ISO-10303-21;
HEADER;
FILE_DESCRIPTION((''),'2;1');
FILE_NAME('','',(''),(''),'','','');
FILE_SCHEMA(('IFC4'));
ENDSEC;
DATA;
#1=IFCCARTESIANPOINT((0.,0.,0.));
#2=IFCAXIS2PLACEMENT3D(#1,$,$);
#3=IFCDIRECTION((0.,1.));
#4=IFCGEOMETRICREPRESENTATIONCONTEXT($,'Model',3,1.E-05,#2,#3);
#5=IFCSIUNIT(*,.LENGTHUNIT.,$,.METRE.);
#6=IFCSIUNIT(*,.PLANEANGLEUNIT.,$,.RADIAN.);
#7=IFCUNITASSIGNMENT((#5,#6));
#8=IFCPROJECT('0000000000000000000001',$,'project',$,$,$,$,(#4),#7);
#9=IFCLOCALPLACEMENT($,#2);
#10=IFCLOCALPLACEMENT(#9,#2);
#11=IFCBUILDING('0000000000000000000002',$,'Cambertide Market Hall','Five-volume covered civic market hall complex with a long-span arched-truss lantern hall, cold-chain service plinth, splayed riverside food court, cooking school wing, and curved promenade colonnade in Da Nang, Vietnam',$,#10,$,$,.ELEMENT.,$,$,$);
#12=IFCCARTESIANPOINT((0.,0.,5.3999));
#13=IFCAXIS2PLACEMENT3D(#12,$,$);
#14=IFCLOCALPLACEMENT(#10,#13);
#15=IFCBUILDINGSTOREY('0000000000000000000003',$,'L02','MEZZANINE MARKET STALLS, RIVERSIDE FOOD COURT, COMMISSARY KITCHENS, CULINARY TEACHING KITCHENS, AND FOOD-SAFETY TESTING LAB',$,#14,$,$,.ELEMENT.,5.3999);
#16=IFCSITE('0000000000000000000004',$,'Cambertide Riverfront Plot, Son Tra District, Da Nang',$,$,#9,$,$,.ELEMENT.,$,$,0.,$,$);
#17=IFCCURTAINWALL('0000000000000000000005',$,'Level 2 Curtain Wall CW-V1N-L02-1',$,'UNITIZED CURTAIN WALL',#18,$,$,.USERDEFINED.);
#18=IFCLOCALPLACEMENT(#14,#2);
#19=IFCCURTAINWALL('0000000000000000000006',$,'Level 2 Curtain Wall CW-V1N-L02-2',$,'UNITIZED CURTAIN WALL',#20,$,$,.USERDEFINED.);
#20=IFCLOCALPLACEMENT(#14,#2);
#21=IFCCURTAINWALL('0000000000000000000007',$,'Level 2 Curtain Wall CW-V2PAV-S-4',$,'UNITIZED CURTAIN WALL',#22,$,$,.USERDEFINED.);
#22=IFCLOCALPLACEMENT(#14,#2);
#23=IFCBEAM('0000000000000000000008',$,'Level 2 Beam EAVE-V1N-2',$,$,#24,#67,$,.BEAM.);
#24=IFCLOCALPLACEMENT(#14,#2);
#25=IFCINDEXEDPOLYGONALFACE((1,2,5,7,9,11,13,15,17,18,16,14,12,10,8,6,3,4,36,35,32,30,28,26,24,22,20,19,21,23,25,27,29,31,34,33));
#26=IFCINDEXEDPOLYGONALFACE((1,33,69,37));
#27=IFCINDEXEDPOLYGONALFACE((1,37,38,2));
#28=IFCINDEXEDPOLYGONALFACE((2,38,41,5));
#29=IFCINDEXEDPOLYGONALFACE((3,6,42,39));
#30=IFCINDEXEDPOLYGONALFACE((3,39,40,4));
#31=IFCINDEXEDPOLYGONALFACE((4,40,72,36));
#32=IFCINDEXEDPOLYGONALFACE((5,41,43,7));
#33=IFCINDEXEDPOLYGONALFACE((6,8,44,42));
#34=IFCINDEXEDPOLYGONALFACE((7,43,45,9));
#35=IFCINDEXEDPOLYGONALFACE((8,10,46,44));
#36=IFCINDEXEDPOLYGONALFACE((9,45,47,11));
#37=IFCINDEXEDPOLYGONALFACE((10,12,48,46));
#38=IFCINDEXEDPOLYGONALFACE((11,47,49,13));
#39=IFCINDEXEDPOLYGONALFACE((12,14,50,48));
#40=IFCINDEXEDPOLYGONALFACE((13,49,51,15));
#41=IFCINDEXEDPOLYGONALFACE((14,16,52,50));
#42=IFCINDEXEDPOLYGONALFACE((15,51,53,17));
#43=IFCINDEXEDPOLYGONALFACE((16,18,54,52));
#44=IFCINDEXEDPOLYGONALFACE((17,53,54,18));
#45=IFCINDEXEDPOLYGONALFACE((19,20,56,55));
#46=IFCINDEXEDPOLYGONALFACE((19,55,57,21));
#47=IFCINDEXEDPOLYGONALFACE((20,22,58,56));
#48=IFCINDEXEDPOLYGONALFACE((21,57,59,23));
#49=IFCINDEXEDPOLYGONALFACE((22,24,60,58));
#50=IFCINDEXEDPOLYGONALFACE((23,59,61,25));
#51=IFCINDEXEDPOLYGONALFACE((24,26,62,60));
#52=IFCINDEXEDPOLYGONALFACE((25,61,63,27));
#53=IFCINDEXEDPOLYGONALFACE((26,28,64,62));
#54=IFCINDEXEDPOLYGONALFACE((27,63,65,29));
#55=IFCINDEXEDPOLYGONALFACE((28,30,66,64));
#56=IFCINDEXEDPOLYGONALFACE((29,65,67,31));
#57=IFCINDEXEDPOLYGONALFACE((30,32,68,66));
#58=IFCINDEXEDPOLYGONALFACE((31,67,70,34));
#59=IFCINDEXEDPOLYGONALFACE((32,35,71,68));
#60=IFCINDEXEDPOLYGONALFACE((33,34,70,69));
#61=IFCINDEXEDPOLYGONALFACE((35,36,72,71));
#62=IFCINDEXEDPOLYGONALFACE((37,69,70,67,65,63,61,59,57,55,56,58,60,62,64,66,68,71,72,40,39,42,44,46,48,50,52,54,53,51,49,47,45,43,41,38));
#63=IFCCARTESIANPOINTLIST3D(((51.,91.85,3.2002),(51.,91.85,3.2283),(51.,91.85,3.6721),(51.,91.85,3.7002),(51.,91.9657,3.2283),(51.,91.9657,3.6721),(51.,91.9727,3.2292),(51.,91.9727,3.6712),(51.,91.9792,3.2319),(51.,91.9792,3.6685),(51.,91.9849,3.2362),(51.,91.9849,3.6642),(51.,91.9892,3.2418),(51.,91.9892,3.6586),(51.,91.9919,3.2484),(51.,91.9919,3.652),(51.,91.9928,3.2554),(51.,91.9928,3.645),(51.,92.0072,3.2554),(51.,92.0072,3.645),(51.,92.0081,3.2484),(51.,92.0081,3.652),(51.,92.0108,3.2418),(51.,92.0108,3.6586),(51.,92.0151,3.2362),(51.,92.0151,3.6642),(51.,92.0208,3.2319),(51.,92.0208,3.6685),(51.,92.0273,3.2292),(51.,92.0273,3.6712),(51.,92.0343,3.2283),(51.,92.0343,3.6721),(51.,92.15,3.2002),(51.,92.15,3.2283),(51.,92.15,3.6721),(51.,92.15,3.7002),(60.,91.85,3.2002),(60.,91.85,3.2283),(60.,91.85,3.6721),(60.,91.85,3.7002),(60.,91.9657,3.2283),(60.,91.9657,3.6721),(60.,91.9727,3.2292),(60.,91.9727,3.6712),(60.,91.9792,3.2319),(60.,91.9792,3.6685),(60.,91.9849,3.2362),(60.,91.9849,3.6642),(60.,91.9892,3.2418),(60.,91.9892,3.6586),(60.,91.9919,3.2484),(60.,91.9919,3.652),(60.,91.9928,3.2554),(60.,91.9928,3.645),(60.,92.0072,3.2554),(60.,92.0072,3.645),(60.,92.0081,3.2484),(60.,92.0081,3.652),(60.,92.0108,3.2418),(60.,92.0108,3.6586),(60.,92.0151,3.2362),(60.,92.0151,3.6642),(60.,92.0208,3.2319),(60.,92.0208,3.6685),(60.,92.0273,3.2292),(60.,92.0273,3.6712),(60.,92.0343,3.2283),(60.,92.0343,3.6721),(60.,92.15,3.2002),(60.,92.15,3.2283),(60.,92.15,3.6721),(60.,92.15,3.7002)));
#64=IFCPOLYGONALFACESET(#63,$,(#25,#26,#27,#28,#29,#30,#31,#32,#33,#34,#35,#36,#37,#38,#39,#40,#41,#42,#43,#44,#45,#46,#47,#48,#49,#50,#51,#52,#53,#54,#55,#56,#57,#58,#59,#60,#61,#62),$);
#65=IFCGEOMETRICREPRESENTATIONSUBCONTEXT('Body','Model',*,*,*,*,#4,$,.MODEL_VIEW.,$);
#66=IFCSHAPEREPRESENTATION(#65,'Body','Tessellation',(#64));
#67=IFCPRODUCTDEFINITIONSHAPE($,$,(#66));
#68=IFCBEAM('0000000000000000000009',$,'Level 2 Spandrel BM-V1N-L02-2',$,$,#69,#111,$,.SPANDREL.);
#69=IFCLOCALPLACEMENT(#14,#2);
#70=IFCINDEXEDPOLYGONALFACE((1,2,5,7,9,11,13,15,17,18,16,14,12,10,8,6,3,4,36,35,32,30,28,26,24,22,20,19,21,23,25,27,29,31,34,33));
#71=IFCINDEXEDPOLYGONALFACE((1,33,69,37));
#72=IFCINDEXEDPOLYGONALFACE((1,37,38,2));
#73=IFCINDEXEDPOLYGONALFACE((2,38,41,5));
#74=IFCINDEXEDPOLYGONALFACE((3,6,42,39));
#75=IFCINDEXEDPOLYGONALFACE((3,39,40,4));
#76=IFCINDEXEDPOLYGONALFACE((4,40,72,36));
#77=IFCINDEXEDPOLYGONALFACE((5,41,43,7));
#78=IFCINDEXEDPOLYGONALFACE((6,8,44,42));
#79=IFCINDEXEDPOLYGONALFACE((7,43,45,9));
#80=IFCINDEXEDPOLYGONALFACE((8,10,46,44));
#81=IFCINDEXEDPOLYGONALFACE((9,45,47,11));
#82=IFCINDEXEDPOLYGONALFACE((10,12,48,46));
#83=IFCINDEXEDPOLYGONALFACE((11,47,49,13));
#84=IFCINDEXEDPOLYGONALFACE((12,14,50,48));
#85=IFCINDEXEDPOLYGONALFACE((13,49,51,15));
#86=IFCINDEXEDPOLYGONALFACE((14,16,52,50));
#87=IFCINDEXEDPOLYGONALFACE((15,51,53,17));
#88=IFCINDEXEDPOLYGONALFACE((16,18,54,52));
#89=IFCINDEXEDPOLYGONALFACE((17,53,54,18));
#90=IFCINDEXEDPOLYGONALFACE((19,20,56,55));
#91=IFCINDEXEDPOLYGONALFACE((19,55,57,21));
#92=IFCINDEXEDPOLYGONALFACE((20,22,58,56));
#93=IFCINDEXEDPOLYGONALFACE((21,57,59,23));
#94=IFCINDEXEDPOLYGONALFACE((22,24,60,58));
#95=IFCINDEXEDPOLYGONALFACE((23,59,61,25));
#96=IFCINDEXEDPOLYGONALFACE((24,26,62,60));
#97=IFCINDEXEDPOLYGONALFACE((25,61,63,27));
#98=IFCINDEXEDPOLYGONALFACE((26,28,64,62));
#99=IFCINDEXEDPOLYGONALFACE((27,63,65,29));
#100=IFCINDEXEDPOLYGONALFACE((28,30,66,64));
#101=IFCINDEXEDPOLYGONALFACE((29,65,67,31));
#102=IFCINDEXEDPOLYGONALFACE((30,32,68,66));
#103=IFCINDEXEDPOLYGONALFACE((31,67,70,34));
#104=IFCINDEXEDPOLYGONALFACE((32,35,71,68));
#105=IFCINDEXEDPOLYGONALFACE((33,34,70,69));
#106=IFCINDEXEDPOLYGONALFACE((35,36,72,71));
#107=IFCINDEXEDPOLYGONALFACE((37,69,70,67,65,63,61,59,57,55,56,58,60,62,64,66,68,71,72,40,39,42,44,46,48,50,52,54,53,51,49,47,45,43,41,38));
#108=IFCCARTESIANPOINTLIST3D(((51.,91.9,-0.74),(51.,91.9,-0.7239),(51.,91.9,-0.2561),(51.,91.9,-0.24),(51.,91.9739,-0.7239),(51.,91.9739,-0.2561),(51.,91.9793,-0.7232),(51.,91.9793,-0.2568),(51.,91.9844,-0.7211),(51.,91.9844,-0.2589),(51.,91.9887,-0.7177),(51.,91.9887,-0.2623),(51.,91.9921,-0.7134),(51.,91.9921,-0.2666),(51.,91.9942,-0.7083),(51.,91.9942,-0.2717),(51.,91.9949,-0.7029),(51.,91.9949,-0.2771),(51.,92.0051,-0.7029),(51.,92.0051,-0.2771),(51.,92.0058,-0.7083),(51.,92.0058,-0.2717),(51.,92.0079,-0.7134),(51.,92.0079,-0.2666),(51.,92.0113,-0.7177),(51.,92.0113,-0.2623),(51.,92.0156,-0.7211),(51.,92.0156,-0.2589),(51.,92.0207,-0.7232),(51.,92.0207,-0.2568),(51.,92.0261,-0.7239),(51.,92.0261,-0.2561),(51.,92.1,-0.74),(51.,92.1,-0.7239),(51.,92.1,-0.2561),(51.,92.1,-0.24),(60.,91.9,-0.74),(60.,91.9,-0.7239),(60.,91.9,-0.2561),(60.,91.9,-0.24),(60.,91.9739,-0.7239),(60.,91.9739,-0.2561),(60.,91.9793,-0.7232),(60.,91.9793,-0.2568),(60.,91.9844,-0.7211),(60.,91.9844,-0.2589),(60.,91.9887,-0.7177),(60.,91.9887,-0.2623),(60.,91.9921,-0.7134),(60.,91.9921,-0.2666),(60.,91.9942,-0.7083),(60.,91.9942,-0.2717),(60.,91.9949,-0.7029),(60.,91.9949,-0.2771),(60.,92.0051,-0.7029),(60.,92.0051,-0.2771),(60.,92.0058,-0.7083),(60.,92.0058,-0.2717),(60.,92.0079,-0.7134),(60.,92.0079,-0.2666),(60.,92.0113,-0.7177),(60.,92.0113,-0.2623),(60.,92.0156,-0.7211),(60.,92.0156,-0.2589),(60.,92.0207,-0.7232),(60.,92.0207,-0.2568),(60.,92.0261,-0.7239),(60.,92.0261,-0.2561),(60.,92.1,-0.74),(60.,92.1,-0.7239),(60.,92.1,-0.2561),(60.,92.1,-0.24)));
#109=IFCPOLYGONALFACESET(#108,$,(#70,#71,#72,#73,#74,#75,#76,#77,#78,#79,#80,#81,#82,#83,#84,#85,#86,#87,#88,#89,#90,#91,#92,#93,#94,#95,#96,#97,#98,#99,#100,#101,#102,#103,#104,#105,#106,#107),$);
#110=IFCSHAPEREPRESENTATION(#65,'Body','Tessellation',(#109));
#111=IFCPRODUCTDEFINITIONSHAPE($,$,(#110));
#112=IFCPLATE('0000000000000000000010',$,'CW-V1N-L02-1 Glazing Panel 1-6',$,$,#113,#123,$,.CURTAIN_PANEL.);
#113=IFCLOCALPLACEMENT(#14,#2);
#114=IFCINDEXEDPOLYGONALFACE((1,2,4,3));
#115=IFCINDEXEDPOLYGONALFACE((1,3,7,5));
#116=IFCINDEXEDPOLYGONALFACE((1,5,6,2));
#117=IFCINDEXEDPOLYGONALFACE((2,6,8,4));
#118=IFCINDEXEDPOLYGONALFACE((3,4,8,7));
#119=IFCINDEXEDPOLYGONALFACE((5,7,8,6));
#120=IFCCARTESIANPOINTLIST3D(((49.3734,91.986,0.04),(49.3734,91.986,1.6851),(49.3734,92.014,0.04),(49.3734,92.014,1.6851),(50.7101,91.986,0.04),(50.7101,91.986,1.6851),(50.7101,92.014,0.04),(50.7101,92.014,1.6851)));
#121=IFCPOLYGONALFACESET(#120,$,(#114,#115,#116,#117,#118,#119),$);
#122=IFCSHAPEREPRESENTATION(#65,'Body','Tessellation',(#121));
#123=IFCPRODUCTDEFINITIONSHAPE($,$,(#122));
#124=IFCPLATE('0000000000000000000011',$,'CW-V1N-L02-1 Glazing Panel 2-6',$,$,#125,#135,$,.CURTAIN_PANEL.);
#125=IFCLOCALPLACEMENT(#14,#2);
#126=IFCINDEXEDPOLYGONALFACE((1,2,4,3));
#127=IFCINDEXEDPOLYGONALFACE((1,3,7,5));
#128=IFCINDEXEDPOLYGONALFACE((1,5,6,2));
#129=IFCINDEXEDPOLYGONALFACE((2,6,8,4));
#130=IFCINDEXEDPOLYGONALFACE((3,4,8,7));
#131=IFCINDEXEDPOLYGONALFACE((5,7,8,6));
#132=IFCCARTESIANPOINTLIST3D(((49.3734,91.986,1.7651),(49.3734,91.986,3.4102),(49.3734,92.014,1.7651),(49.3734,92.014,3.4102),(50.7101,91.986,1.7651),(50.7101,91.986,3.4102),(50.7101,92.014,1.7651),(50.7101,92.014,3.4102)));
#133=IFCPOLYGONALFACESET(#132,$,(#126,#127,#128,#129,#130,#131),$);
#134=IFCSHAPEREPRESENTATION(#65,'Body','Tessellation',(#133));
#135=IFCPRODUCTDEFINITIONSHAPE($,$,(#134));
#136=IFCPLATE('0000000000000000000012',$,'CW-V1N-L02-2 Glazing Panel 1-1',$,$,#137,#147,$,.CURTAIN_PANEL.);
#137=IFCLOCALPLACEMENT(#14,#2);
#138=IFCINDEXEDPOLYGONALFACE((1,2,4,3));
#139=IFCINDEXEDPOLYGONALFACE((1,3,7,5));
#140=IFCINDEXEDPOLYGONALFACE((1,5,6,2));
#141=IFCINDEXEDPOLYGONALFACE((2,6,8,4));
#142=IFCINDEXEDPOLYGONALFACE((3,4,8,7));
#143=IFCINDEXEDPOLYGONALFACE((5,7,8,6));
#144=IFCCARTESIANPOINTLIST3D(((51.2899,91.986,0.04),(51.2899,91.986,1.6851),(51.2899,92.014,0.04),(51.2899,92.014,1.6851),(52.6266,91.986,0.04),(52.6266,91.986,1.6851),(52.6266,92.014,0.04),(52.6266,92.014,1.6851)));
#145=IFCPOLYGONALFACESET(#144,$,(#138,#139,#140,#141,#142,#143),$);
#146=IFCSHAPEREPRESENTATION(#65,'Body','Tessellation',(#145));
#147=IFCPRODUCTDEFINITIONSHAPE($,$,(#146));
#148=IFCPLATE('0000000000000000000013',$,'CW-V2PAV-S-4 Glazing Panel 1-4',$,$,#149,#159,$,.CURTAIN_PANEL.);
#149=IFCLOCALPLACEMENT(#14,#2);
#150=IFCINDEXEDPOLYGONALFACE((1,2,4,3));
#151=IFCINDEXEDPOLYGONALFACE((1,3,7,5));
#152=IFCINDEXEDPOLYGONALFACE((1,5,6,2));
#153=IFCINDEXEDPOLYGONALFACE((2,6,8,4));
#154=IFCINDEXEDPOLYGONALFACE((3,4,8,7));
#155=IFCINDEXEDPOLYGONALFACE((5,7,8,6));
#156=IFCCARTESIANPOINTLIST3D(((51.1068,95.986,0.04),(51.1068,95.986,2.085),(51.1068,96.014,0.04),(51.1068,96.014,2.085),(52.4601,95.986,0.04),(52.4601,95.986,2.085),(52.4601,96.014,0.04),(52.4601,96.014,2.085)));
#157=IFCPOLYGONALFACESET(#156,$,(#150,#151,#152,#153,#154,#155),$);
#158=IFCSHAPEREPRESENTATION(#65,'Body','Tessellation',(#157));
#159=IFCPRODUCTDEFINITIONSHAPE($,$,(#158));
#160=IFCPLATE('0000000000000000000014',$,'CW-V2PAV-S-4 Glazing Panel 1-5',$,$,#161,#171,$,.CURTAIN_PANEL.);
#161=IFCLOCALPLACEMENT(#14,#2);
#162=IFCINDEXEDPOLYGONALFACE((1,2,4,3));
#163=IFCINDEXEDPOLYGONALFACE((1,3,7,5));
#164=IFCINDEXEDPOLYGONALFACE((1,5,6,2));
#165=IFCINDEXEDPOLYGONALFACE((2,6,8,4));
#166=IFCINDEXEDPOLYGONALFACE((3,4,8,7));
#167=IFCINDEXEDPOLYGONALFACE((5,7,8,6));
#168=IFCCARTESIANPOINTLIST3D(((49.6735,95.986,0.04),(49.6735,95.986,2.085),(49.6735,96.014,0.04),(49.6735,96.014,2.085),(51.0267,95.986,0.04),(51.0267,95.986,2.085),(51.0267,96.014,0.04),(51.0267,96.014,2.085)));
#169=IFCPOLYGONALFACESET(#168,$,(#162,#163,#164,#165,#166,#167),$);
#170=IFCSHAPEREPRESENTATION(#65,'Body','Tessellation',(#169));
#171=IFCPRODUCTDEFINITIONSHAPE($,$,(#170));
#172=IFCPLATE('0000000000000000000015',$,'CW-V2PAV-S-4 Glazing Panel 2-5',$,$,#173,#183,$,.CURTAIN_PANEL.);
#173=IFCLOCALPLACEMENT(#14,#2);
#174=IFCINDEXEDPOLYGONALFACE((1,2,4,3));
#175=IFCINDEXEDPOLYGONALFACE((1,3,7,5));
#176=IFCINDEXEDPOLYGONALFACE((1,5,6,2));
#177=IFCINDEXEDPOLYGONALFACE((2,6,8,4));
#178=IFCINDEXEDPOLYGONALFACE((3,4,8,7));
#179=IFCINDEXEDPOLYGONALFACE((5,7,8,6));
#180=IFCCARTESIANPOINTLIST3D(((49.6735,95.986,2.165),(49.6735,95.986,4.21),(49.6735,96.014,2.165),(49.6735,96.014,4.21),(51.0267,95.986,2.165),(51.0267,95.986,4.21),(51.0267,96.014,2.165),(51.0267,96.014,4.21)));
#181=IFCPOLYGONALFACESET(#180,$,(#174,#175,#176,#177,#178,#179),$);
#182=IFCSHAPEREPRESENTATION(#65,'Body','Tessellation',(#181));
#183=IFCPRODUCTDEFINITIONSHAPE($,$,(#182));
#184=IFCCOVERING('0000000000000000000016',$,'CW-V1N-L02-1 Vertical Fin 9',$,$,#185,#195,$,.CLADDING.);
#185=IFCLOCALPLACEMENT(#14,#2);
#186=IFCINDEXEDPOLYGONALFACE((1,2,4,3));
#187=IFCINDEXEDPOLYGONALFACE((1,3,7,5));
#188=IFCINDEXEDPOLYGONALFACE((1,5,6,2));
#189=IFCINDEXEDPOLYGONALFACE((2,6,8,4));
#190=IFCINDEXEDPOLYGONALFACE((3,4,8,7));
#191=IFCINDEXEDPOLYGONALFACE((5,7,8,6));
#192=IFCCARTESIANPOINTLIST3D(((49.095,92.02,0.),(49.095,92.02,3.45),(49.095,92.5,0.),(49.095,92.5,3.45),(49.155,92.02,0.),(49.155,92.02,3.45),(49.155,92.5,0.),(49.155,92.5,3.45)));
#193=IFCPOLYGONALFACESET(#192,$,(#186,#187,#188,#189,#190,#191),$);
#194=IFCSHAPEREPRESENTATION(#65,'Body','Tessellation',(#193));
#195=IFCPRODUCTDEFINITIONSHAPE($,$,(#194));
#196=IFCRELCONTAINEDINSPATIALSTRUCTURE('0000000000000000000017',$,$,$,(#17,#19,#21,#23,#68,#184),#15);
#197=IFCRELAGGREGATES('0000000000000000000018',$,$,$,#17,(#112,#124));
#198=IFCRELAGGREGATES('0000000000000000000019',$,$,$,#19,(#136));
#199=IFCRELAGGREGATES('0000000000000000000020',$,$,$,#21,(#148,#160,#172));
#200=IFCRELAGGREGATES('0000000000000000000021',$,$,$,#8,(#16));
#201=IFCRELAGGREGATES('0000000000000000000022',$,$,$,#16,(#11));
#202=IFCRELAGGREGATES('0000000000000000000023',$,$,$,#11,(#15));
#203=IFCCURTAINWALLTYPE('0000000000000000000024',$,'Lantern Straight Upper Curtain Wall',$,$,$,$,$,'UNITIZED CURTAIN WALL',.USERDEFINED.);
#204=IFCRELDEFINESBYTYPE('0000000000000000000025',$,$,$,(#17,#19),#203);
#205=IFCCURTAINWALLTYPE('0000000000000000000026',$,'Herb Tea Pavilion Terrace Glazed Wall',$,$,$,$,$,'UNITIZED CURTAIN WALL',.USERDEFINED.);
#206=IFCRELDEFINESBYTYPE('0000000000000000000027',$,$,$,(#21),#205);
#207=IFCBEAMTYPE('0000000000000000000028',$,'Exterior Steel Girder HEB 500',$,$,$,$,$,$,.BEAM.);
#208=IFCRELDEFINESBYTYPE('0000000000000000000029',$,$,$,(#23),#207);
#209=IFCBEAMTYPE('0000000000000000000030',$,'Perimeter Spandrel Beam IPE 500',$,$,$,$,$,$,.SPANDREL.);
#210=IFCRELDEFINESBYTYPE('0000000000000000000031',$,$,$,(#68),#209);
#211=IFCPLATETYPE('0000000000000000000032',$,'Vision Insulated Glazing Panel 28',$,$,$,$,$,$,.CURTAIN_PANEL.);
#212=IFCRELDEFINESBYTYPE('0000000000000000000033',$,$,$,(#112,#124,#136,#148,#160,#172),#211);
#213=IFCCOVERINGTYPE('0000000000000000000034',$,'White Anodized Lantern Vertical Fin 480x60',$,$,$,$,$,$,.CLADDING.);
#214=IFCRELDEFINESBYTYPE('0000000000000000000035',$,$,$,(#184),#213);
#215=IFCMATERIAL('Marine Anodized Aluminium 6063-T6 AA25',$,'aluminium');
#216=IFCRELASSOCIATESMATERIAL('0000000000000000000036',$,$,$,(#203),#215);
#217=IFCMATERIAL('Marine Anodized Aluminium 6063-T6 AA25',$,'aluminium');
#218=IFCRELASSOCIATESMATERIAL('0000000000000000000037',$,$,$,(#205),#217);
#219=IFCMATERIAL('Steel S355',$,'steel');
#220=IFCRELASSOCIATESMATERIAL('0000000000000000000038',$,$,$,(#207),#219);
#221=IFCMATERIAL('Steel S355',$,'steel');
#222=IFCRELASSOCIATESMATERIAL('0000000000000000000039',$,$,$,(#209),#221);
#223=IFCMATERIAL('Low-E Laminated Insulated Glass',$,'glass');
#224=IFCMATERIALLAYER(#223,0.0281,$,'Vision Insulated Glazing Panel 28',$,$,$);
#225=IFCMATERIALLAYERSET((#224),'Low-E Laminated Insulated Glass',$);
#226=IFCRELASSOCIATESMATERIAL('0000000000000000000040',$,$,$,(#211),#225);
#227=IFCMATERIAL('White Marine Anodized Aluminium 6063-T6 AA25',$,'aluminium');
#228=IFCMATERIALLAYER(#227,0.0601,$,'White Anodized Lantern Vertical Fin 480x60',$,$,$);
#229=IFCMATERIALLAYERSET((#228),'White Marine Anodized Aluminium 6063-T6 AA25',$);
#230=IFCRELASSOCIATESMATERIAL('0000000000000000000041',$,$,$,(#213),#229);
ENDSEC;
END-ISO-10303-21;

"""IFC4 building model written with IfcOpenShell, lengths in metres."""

from ifc_helpers import new_model, si_unit, direction, frame, origin, origin_2d, place, context, subcontext, project, spatial, rectangle, i_section, extrude, material, layer, layer_set, material_profile, profile_set, type_object, element, aggregate, save


model = new_model("IFC4")

# Units and contexts
model_context = context("Model", 3, precision=1e-05, world=origin(), true_north=direction((0.0, 1.0)))
body_context = subcontext(model_context, "Body", "Model", "MODEL_VIEW")
ifc_project = project(units=[si_unit("LENGTHUNIT", "METRE"), si_unit("PLANEANGLEUNIT", "RADIAN")], contexts=[model_context])

# Site, building, storey
site_placement = place(None, origin())
site = spatial("IfcSite", under=ifc_project, at=site_placement, Name="Cambertide Riverfront Plot, Son Tra District, Da Nang", CompositionType="ELEMENT", RefElevation=0.0)
building_placement = place(site_placement, origin())
building = spatial("IfcBuilding", under=site, at=building_placement, Name="Cambertide Market Hall", Description="Five-volume covered civic market hall complex with a long-span arched-truss lantern hall, cold-chain service plinth, splayed riverside food court, cooking school wing, and curved promenade colonnade in Da Nang, Vietnam", CompositionType="ELEMENT")
storey_placement = place(building_placement, frame((0.0, 0.0, 5.3999)))
storey = spatial("IfcBuildingStorey", under=building, at=storey_placement, Name="L02", Description="MEZZANINE MARKET STALLS, RIVERSIDE FOOD COURT, COMMISSARY KITCHENS, CULINARY TEACHING KITCHENS, AND FOOD-SAFETY TESTING LAB", CompositionType="ELEMENT", Elevation=5.3999)

# Curtain wall
ifc_material_1 = material(Name="Marine Anodized Aluminium 6063-T6 AA25", Category="aluminium")
curtain_wall_type_1 = type_object("IfcCurtainWallType", Name="Lantern Straight Upper Curtain Wall", ElementType="UNITIZED CURTAIN WALL", PredefinedType="USERDEFINED", material=ifc_material_1)
curtain_wall_1_placement = place(storey_placement, origin())
curtain_wall_1 = element("IfcCurtainWall", 1, at=curtain_wall_1_placement, inside=storey, type_object=curtain_wall_type_1, Name="Level 2 Curtain Wall CW-V1N-L02-1", ObjectType="UNITIZED CURTAIN WALL", PredefinedType="USERDEFINED")

# Curtain wall
curtain_wall_2_placement = place(storey_placement, origin())
curtain_wall_2 = element("IfcCurtainWall", 2, at=curtain_wall_2_placement, inside=storey, type_object=curtain_wall_type_1, Name="Level 2 Curtain Wall CW-V1N-L02-2", ObjectType="UNITIZED CURTAIN WALL", PredefinedType="USERDEFINED")

# Curtain wall
ifc_material_2 = material(Name="Marine Anodized Aluminium 6063-T6 AA25", Category="aluminium")
curtain_wall_type_2 = type_object("IfcCurtainWallType", Name="Herb Tea Pavilion Terrace Glazed Wall", ElementType="UNITIZED CURTAIN WALL", PredefinedType="USERDEFINED", material=ifc_material_2)
curtain_wall_3_placement = place(storey_placement, origin())
curtain_wall_3 = element("IfcCurtainWall", 3, at=curtain_wall_3_placement, inside=storey, type_object=curtain_wall_type_2, Name="Level 2 Curtain Wall CW-V2PAV-S-4", ObjectType="UNITIZED CURTAIN WALL", PredefinedType="USERDEFINED")

# Beams
ifc_material_3 = material(Name="Steel S355", Category="steel")
ifc_material_profile_1 = material_profile(ifc_material_3, i_section(OverallWidth=0.3, OverallDepth=0.5, WebThickness=0.0144, FlangeThickness=0.0281, FilletRadius=0.0271, at=origin_2d()), Name="HEB 500")
ifc_profile_set_1 = profile_set([ifc_material_profile_1], Name="Steel S355")
beam_type_1 = type_object("IfcBeamType", Name="Exterior Steel Girder HEB 500", PredefinedType="BEAM", material=ifc_profile_set_1)
beam_1_placement = place(storey_placement, frame((51.0, 92.0, 3.4502), z_axis=(1.0, 0.0, 0.0), x_axis=(0.0, 1.0, 0.0)))
element("IfcBeam", 4, at=beam_1_placement, inside=storey, type_object=beam_type_1, Name="Level 2 Beam EAVE-V1N-2", PredefinedType="BEAM", context=body_context, shape_type="SweptSolid", body=[
    extrude(i_section(OverallWidth=0.3, OverallDepth=0.5, WebThickness=0.0144, FlangeThickness=0.0281, FilletRadius=0.0271, at=origin_2d()), origin(), (0.0, 0.0, 1.0), 9.0),
])
ifc_material_4 = material(Name="Steel S355", Category="steel")
ifc_material_profile_2 = material_profile(ifc_material_4, i_section(OverallWidth=0.2, OverallDepth=0.5, WebThickness=0.0103, FlangeThickness=0.0161, FilletRadius=0.021, at=origin_2d()), Name="IPE 500")
ifc_profile_set_2 = profile_set([ifc_material_profile_2], Name="Steel S355")
beam_type_2 = type_object("IfcBeamType", Name="Perimeter Spandrel Beam IPE 500", PredefinedType="SPANDREL", material=ifc_profile_set_2)
beam_2_placement = place(storey_placement, frame((51.0, 92.0, -0.49), z_axis=(1.0, 0.0, 0.0), x_axis=(0.0, 1.0, 0.0)))
element("IfcBeam", 5, at=beam_2_placement, inside=storey, type_object=beam_type_2, Name="Level 2 Spandrel BM-V1N-L02-2", PredefinedType="SPANDREL", context=body_context, shape_type="SweptSolid", body=[
    extrude(i_section(OverallWidth=0.2, OverallDepth=0.5, WebThickness=0.0103, FlangeThickness=0.0161, FilletRadius=0.021, at=origin_2d()), origin(), (0.0, 0.0, 1.0), 9.0),
])

# Plates
ifc_material_5 = material(Name="Low-E Laminated Insulated Glass", Category="glass")
ifc_layer_1 = layer(ifc_material_5, 0.0281, Name="Vision Insulated Glazing Panel 28")
ifc_layer_set_1 = layer_set([ifc_layer_1], Name="Low-E Laminated Insulated Glass")
plate_type = type_object("IfcPlateType", Name="Vision Insulated Glazing Panel 28", PredefinedType="CURTAIN_PANEL", material=ifc_layer_set_1)
plate_1_placement = place(storey_placement, frame((50.0417, 92.0, 0.04), z_axis=(0.0, 0.0, 1.0), x_axis=(1.0, 0.0, 0.0)))
plate_1 = element("IfcPlate", 6, at=plate_1_placement, type_object=plate_type, Name="CW-V1N-L02-1 Glazing Panel 1-6", PredefinedType="CURTAIN_PANEL", context=body_context, shape_type="SweptSolid", body=[
    extrude(rectangle(XDim=1.3367, YDim=0.0281, at=origin_2d()), origin(), (0.0, 0.0, 1.0), 1.645),
])
plate_2_placement = place(storey_placement, frame((50.0417, 92.0, 1.7651), z_axis=(0.0, 0.0, 1.0), x_axis=(1.0, 0.0, 0.0)))
plate_2 = element("IfcPlate", 7, at=plate_2_placement, type_object=plate_type, Name="CW-V1N-L02-1 Glazing Panel 2-6", PredefinedType="CURTAIN_PANEL", context=body_context, shape_type="SweptSolid", body=[
    extrude(rectangle(XDim=1.3367, YDim=0.0281, at=origin_2d()), origin(), (0.0, 0.0, 1.0), 1.645),
])
aggregate(curtain_wall_1, [plate_1, plate_2])
plate_3_placement = place(storey_placement, frame((51.9583, 92.0, 0.04), z_axis=(0.0, 0.0, 1.0), x_axis=(1.0, 0.0, 0.0)))
plate_3 = element("IfcPlate", 8, at=plate_3_placement, type_object=plate_type, Name="CW-V1N-L02-2 Glazing Panel 1-1", PredefinedType="CURTAIN_PANEL", context=body_context, shape_type="SweptSolid", body=[
    extrude(rectangle(XDim=1.3367, YDim=0.0281, at=origin_2d()), origin(), (0.0, 0.0, 1.0), 1.645),
])
aggregate(curtain_wall_2, [plate_3])
plate_4_placement = place(storey_placement, frame((51.7834, 96.0, 0.04), z_axis=(0.0, 0.0, 1.0), x_axis=(-1.0, 0.0, 0.0)))
plate_4 = element("IfcPlate", 9, at=plate_4_placement, type_object=plate_type, Name="CW-V2PAV-S-4 Glazing Panel 1-4", PredefinedType="CURTAIN_PANEL", context=body_context, shape_type="SweptSolid", body=[
    extrude(rectangle(XDim=1.3533, YDim=0.0281, at=origin_2d()), origin(), (0.0, 0.0, 1.0), 2.0449),
])
plate_5_placement = place(storey_placement, frame((50.3501, 96.0, 0.04), z_axis=(0.0, 0.0, 1.0), x_axis=(-1.0, 0.0, 0.0)))
plate_5 = element("IfcPlate", 10, at=plate_5_placement, type_object=plate_type, Name="CW-V2PAV-S-4 Glazing Panel 1-5", PredefinedType="CURTAIN_PANEL", context=body_context, shape_type="SweptSolid", body=[
    extrude(rectangle(XDim=1.3533, YDim=0.0281, at=origin_2d()), origin(), (0.0, 0.0, 1.0), 2.0449),
])
plate_6_placement = place(storey_placement, frame((50.3501, 96.0, 2.165), z_axis=(0.0, 0.0, 1.0), x_axis=(-1.0, 0.0, 0.0)))
plate_6 = element("IfcPlate", 11, at=plate_6_placement, type_object=plate_type, Name="CW-V2PAV-S-4 Glazing Panel 2-5", PredefinedType="CURTAIN_PANEL", context=body_context, shape_type="SweptSolid", body=[
    extrude(rectangle(XDim=1.3533, YDim=0.0281, at=origin_2d()), origin(), (0.0, 0.0, 1.0), 2.0449),
])
aggregate(curtain_wall_3, [plate_4, plate_5, plate_6])

# Covering
ifc_material_6 = material(Name="White Marine Anodized Aluminium 6063-T6 AA25", Category="aluminium")
ifc_layer_2 = layer(ifc_material_6, 0.0601, Name="White Anodized Lantern Vertical Fin 480x60")
ifc_layer_set_2 = layer_set([ifc_layer_2], Name="White Marine Anodized Aluminium 6063-T6 AA25")
covering_type = type_object("IfcCoveringType", Name="White Anodized Lantern Vertical Fin 480x60", PredefinedType="CLADDING", material=ifc_layer_set_2)
for number, where, z_axis, x_axis, name in (
    (12, (49.125, 92.26, 0.0), (0.0, 0.0, 1.0), (1.0, 0.0, 0.0), "CW-V1N-L02-1 Vertical Fin 9"),
):
    element("IfcCovering", number, at=place(storey_placement, frame(where, z_axis=z_axis, x_axis=x_axis)), inside=storey, type_object=covering_type, Name=name, PredefinedType="CLADDING", context=body_context, shape_type="SweptSolid", body=[
        extrude(rectangle(XDim=0.0601, YDim=0.48, at=origin_2d()), origin(), (0.0, 0.0, 1.0), 3.45),
    ])

save(model, "model.ifc")
